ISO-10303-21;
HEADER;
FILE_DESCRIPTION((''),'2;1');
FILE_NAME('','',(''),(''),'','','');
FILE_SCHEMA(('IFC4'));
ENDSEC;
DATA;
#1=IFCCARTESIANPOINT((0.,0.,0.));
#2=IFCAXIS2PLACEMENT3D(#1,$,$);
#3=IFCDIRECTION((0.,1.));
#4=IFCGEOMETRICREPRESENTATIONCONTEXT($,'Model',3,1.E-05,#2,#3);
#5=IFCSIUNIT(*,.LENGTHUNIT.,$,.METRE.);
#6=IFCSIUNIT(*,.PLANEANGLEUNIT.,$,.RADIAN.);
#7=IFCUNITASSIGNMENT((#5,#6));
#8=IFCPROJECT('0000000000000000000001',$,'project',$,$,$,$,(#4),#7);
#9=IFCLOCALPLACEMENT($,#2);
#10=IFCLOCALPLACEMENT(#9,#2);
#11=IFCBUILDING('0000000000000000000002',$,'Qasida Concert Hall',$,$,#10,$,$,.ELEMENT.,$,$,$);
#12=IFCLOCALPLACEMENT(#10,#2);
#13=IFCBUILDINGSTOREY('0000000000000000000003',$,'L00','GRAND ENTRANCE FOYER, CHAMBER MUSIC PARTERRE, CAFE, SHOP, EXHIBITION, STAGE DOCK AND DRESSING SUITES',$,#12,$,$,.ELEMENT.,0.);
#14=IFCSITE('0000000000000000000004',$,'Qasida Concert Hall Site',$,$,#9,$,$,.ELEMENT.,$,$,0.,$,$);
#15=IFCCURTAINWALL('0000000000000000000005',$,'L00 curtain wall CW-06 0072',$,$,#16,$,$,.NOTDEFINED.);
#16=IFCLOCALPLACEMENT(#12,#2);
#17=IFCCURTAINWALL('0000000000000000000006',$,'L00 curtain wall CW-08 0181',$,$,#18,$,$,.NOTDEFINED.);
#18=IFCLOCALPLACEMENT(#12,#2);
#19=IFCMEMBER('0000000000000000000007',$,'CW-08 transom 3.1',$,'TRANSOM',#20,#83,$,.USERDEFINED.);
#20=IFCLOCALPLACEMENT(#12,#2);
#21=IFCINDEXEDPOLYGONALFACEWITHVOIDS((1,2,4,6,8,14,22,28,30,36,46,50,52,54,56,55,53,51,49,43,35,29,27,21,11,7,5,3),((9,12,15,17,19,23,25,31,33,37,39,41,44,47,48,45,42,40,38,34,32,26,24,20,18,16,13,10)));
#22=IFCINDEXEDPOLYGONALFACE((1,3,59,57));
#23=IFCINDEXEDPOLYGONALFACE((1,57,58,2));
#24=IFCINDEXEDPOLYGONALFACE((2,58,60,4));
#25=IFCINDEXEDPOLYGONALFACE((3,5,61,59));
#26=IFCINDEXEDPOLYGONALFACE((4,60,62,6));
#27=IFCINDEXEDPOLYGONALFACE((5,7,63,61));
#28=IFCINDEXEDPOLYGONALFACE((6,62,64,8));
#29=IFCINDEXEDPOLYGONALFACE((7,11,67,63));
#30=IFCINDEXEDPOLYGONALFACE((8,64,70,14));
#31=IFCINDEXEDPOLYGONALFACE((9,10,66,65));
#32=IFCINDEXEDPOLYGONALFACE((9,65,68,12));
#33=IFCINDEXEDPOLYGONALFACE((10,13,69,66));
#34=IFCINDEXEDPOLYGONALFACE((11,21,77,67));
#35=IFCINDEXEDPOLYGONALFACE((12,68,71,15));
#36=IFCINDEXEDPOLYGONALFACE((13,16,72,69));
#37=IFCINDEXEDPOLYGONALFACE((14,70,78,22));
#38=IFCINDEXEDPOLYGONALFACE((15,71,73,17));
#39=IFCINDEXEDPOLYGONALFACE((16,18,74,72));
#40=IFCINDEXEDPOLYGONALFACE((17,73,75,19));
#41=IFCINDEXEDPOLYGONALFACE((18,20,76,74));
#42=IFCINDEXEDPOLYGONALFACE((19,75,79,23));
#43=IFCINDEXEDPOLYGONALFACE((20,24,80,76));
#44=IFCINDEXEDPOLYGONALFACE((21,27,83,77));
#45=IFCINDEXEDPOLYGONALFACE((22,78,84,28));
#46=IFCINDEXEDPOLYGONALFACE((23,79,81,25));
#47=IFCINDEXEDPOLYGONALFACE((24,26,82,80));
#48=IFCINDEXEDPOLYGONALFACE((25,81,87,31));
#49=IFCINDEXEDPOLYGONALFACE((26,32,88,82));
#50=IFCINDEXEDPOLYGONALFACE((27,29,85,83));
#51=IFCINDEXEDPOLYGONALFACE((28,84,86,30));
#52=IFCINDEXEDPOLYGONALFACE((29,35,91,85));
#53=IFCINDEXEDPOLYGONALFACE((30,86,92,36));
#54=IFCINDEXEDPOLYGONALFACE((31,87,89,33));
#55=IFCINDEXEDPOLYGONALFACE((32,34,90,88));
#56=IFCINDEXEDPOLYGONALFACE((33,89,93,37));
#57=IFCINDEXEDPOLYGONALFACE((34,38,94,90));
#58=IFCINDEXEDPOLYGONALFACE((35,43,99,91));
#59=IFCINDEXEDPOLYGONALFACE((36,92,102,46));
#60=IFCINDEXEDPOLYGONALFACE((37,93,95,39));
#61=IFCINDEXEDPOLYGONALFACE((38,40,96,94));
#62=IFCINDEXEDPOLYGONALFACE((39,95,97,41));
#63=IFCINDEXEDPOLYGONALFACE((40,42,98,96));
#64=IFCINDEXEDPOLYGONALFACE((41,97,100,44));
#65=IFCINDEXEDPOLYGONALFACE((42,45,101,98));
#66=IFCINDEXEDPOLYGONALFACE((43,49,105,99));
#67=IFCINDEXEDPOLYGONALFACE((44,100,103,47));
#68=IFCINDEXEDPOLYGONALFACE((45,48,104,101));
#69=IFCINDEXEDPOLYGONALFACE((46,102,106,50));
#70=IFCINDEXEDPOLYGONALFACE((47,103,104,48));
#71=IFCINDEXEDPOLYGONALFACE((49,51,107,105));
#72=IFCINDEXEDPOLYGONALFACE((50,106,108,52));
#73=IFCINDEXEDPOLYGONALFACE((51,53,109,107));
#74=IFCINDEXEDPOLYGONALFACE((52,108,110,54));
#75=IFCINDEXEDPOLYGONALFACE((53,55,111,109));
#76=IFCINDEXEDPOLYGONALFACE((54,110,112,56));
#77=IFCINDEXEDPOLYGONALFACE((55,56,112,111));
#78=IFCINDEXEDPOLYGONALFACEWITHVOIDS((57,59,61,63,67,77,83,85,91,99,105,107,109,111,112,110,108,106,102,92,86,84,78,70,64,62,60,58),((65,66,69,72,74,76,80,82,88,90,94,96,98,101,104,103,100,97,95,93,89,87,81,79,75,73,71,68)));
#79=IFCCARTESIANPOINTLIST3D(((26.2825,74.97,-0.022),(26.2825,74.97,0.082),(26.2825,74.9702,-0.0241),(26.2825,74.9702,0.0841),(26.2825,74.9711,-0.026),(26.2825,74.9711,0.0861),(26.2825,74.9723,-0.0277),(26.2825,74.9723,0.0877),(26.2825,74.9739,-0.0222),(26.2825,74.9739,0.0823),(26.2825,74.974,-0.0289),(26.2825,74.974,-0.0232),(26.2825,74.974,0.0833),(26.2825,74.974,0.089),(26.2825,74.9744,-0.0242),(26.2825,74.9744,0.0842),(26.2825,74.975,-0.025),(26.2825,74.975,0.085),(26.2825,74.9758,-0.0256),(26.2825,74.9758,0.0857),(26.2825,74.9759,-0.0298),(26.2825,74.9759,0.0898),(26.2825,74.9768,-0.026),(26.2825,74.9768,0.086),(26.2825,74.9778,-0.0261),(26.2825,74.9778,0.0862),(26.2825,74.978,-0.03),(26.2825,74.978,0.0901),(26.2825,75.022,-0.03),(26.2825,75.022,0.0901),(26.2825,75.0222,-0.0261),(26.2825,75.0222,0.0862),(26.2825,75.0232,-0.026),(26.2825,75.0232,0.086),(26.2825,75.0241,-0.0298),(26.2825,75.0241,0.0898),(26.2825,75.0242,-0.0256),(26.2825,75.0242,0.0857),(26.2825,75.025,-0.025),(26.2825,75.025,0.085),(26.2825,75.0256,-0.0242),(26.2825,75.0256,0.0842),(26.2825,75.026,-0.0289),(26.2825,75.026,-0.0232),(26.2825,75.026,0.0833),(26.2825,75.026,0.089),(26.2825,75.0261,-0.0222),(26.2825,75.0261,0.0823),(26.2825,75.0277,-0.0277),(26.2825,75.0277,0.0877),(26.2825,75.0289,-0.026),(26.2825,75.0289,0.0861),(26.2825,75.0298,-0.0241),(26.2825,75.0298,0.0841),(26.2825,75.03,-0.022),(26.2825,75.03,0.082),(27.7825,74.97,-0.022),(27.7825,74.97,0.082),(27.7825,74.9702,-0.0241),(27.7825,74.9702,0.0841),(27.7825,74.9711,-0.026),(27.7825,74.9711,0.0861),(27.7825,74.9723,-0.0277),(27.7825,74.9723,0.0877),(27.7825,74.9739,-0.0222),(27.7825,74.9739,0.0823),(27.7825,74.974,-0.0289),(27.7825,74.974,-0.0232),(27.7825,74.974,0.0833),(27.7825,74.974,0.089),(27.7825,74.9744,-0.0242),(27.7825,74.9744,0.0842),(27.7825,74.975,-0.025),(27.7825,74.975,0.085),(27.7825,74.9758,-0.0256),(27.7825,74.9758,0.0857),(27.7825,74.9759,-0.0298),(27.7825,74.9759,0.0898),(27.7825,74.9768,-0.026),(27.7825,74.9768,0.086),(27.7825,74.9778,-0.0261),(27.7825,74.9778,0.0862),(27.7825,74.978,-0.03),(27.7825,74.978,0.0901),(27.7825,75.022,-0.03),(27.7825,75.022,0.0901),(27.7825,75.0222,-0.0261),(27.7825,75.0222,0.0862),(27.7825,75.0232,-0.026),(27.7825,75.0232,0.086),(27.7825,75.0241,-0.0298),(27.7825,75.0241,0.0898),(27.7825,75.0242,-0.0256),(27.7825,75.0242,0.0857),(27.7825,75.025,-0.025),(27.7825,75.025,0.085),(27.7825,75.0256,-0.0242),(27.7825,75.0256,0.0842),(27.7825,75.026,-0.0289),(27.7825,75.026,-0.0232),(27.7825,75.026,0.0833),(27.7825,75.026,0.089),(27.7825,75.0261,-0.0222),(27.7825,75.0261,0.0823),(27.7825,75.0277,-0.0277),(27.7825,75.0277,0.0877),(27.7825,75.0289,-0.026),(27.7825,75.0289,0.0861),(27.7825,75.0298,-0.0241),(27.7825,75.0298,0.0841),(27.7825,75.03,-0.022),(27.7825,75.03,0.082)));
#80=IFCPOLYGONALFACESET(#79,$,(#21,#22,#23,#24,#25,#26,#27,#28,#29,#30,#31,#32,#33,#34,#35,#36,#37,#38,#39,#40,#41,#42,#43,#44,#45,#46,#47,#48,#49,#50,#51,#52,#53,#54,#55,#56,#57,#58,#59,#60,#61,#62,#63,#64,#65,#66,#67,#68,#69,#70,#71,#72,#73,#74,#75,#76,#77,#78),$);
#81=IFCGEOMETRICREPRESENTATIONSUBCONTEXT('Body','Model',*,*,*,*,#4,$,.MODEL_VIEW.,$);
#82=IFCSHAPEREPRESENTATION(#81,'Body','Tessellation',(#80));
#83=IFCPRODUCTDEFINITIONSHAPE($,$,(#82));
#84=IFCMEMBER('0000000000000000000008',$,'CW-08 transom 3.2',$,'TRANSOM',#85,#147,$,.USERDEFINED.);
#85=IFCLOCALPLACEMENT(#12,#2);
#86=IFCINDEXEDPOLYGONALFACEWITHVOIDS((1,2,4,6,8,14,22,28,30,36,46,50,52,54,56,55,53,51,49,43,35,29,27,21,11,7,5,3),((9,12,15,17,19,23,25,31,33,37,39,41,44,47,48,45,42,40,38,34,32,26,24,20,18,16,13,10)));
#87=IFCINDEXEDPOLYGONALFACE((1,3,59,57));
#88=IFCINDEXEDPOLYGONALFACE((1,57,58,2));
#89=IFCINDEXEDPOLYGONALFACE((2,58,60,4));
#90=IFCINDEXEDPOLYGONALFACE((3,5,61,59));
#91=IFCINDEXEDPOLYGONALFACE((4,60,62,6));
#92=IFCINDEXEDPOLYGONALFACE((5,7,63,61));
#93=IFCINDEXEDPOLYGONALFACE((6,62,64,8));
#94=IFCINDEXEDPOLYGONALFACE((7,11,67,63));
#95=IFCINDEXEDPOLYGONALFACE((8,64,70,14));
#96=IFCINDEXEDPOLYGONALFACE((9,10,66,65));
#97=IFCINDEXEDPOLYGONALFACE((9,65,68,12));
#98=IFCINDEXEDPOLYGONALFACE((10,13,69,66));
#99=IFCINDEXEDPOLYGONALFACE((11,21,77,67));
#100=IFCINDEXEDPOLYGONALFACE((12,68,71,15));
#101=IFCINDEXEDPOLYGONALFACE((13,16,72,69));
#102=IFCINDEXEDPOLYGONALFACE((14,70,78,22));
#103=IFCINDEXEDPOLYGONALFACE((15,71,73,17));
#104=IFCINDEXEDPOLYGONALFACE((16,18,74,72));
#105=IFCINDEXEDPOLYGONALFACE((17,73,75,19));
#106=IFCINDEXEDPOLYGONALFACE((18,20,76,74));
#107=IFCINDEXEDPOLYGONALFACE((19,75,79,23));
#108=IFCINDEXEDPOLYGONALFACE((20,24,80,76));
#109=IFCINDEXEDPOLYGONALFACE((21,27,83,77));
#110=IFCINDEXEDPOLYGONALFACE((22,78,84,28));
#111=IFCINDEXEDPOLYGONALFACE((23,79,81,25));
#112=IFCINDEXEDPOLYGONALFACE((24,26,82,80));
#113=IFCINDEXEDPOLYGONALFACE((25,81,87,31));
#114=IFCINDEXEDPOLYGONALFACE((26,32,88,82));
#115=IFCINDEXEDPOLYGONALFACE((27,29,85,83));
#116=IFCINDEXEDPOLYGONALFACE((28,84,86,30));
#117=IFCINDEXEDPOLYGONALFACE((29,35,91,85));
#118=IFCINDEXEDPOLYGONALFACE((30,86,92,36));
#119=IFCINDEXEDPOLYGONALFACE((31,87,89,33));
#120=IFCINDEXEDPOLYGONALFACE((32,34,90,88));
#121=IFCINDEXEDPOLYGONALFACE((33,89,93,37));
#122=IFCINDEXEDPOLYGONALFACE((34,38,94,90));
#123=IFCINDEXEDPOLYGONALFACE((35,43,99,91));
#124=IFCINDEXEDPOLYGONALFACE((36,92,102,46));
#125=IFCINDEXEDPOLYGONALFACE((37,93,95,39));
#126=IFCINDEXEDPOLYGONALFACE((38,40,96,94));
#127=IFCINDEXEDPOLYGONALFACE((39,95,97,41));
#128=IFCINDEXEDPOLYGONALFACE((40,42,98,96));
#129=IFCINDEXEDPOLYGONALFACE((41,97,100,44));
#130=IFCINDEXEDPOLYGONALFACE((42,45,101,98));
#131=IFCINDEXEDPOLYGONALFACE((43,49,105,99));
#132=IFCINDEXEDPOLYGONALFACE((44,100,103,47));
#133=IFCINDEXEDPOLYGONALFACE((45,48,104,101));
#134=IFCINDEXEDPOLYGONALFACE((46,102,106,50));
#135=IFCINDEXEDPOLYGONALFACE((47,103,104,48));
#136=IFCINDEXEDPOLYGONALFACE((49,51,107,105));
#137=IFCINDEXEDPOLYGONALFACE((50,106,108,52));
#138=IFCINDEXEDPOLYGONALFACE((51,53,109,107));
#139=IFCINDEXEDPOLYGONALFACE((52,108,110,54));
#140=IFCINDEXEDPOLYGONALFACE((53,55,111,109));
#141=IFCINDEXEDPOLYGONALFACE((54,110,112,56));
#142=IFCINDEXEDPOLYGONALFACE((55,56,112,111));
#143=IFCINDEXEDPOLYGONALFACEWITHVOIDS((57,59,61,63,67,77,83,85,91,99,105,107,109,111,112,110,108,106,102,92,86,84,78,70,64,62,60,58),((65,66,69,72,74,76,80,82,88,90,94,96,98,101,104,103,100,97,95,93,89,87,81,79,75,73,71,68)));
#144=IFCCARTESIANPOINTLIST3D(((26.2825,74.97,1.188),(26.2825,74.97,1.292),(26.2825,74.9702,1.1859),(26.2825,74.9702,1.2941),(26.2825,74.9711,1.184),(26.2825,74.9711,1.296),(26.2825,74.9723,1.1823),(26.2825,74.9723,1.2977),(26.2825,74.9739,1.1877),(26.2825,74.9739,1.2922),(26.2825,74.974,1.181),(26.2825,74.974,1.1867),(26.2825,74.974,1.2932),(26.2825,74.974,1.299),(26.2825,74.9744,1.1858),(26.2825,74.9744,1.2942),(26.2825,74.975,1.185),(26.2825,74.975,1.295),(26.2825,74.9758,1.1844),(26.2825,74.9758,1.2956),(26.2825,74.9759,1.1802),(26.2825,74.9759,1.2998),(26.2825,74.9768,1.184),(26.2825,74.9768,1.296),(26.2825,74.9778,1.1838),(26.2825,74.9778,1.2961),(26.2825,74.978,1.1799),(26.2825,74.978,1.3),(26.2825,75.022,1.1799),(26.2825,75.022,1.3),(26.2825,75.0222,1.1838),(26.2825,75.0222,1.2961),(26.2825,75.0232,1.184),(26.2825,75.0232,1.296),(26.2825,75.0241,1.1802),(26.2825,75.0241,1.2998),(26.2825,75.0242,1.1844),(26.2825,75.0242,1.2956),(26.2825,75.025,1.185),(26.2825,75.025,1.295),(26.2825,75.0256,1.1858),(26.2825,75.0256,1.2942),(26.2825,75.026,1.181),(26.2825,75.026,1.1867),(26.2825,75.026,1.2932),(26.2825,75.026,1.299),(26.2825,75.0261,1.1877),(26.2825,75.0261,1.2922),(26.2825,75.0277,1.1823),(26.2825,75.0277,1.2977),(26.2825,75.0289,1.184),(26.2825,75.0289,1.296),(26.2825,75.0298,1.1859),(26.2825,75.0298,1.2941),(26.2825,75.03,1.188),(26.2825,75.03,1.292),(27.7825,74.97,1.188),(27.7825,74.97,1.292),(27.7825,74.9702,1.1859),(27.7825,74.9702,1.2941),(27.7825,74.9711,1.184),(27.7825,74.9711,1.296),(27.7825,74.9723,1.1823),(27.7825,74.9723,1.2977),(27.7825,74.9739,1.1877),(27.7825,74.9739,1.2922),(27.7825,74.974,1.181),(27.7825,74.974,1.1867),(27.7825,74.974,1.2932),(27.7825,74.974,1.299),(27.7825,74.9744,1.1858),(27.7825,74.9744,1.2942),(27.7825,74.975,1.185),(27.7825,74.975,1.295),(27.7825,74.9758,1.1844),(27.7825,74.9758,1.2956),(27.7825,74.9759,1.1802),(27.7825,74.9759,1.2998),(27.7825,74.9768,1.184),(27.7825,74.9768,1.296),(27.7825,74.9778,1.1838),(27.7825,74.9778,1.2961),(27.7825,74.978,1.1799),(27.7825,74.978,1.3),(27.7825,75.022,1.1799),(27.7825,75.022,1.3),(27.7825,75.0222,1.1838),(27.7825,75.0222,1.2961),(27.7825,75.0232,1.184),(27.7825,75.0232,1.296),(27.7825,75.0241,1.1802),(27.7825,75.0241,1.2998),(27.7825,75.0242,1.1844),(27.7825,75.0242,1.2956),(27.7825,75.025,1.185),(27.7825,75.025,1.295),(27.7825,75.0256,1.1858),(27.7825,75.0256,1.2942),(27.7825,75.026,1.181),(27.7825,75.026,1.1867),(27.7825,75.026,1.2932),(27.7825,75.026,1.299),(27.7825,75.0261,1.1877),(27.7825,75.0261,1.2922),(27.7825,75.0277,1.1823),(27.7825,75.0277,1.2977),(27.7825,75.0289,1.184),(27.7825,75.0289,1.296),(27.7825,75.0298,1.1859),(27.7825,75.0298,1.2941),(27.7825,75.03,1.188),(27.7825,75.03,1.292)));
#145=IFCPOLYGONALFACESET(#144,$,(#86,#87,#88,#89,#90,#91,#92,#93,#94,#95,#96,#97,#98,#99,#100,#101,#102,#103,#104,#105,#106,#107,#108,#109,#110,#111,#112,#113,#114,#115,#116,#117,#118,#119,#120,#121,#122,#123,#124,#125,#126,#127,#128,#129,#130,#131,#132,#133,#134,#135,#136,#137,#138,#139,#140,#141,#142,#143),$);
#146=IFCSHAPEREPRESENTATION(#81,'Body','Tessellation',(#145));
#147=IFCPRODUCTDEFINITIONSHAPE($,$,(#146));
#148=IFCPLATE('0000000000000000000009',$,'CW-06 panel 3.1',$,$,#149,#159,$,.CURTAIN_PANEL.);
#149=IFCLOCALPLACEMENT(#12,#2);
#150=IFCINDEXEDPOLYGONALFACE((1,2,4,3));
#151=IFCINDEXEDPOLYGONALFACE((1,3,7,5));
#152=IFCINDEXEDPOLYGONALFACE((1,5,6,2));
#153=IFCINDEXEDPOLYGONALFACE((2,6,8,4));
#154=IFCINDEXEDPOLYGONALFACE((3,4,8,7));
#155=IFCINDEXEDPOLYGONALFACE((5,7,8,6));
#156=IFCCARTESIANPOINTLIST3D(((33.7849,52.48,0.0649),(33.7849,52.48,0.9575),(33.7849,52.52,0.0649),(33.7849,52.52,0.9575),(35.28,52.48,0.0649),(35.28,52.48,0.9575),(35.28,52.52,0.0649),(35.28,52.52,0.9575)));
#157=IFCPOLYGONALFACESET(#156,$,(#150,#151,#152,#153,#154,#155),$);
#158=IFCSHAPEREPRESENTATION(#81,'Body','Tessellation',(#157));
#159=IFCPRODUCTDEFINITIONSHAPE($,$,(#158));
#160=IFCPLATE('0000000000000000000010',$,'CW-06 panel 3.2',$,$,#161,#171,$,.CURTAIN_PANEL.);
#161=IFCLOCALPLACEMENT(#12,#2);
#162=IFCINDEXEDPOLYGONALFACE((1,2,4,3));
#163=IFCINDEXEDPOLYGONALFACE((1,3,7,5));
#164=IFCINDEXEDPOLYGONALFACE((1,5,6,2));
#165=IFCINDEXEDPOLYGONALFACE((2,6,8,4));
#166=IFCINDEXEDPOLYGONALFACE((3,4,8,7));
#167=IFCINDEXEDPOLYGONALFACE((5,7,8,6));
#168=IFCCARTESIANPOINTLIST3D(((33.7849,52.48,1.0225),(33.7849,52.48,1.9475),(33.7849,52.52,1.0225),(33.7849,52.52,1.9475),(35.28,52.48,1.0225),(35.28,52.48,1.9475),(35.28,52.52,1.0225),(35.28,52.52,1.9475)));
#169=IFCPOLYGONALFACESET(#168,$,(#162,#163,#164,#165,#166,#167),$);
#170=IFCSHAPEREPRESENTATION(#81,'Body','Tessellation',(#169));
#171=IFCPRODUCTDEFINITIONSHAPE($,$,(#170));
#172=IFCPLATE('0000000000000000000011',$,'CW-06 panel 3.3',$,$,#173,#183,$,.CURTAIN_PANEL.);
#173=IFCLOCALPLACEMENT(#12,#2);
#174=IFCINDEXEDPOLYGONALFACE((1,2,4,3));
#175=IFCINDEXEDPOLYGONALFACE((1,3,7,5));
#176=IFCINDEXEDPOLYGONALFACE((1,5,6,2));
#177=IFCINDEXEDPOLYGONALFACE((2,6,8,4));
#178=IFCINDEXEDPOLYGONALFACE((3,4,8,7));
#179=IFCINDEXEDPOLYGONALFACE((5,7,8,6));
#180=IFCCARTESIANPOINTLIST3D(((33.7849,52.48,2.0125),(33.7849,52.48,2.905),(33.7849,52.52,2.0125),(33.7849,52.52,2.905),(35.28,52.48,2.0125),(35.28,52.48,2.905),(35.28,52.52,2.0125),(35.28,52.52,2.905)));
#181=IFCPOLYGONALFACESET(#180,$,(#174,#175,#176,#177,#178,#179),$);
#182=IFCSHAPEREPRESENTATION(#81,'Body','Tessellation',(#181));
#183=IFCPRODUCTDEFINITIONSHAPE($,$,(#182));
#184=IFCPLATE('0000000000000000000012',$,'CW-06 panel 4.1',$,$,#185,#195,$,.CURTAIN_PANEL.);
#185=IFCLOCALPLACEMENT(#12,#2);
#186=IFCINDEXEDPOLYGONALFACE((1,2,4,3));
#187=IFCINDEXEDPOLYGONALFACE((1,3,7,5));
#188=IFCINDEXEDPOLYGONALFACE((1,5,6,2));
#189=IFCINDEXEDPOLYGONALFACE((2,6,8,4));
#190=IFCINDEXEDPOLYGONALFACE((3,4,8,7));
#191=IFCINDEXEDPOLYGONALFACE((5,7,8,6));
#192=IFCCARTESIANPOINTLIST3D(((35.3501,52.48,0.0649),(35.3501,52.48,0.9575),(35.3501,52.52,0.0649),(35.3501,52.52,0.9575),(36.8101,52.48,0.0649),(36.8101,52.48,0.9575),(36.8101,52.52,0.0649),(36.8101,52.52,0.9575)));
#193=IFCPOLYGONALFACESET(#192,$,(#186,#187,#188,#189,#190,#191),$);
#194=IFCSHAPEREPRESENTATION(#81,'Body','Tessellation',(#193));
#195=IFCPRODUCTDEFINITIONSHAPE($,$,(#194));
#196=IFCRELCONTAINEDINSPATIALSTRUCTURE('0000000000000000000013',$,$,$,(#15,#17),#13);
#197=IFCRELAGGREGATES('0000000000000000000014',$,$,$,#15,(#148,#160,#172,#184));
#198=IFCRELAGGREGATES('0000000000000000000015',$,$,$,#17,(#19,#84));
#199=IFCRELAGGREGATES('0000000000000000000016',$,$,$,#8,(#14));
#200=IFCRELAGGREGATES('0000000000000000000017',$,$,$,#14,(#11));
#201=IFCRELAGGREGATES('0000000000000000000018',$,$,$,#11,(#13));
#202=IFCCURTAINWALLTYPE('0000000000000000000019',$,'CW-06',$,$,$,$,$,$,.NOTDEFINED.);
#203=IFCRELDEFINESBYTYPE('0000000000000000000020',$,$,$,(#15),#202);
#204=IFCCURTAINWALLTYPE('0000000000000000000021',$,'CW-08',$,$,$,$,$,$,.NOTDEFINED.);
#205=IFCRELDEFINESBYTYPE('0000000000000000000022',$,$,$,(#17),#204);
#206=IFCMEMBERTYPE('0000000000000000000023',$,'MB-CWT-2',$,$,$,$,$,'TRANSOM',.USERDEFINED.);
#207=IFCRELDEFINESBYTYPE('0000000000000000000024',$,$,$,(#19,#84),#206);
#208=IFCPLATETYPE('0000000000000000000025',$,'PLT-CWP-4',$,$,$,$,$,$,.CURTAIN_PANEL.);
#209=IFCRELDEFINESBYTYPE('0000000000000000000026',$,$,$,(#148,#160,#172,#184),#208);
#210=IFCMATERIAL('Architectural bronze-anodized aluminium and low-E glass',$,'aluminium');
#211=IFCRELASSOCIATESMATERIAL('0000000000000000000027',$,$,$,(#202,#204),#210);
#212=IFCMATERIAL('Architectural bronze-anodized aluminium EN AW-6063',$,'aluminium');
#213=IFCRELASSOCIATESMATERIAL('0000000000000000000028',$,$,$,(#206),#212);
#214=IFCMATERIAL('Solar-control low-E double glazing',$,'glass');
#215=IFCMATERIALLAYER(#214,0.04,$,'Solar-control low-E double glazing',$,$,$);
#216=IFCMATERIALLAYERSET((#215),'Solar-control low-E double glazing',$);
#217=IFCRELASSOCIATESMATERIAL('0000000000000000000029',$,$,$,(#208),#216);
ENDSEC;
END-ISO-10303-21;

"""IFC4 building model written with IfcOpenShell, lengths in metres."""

from ifc_helpers import new_model, si_unit, direction, frame, origin, origin_2d, place, context, subcontext, project, spatial, rectangle, hollow_rectangle, extrude, material, layer, layer_set, material_profile, profile_set, type_object, element, aggregate, save


model = new_model("IFC4")

# Units and contexts
model_context = context("Model", 3, precision=1e-05, world=origin(), true_north=direction((0.0, 1.0)))
body_context = subcontext(model_context, "Body", "Model", "MODEL_VIEW")
ifc_project = project(units=[si_unit("LENGTHUNIT", "METRE"), si_unit("PLANEANGLEUNIT", "RADIAN")], contexts=[model_context])

# Site, building, storey
site_placement = place(None, origin())
site = spatial("IfcSite", under=ifc_project, at=site_placement, Name="Qasida Concert Hall Site", CompositionType="ELEMENT", RefElevation=0.0)
building_placement = place(site_placement, origin())
building = spatial("IfcBuilding", under=site, at=building_placement, Name="Qasida Concert Hall", CompositionType="ELEMENT")
storey_placement = place(building_placement, origin())
storey = spatial("IfcBuildingStorey", under=building, at=storey_placement, Name="L00", Description="GRAND ENTRANCE FOYER, CHAMBER MUSIC PARTERRE, CAFE, SHOP, EXHIBITION, STAGE DOCK AND DRESSING SUITES", CompositionType="ELEMENT", Elevation=0.0)

# Curtain wall
ifc_material_1 = material(Name="Architectural bronze-anodized aluminium and low-E glass", Category="aluminium")
curtain_wall_type_1 = type_object("IfcCurtainWallType", Name="CW-06", PredefinedType="NOTDEFINED", material=ifc_material_1)
curtain_wall_1_placement = place(storey_placement, origin())
curtain_wall_1 = element("IfcCurtainWall", 1, at=curtain_wall_1_placement, inside=storey, type_object=curtain_wall_type_1, Name="L00 curtain wall CW-06 0072", PredefinedType="NOTDEFINED")
ifc_material_2 = material(Name="Architectural bronze-anodized aluminium EN AW-6063", Category="aluminium")

# Curtain wall
curtain_wall_type_2 = type_object("IfcCurtainWallType", Name="CW-08", PredefinedType="NOTDEFINED", material=ifc_material_1)
curtain_wall_2_placement = place(storey_placement, origin())
curtain_wall_2 = element("IfcCurtainWall", 2, at=curtain_wall_2_placement, inside=storey, type_object=curtain_wall_type_2, Name="L00 curtain wall CW-08 0181", PredefinedType="NOTDEFINED")

# Members
ifc_material_profile_1 = material_profile(ifc_material_2, hollow_rectangle(XDim=0.0601, YDim=0.1201, WallThickness=0.0039, InnerFilletRadius=0.0039, OuterFilletRadius=0.0081, at=origin_2d()), Name="CWT 120x60x4")
ifc_profile_set_1 = profile_set([ifc_material_profile_1], Name="Architectural bronze-anodized aluminium EN AW-6063")
member_type_1 = type_object("IfcMemberType", Name="MB-CWT-2", ElementType="TRANSOM", PredefinedType="USERDEFINED", material=ifc_profile_set_1)
member_1_placement = place(storey_placement, frame((26.2825, 75.0, 0.03), z_axis=(1.0, 0.0, 0.0), x_axis=(0.0, 1.0, 0.0)))
member_1 = element("IfcMember", 3, at=member_1_placement, type_object=member_type_1, Name="CW-08 transom 3.1", ObjectType="TRANSOM", PredefinedType="USERDEFINED", context=body_context, shape_type="SweptSolid", body=[
    extrude(hollow_rectangle(XDim=0.0601, YDim=0.1201, WallThickness=0.0039, InnerFilletRadius=0.0039, OuterFilletRadius=0.0081, at=origin_2d()), origin(), (0.0, 0.0, 1.0), 1.5),
])
member_2_placement = place(storey_placement, frame((26.2825, 75.0, 1.24), z_axis=(1.0, 0.0, 0.0), x_axis=(0.0, 1.0, 0.0)))
member_2 = element("IfcMember", 4, at=member_2_placement, type_object=member_type_1, Name="CW-08 transom 3.2", ObjectType="TRANSOM", PredefinedType="USERDEFINED", context=body_context, shape_type="SweptSolid", body=[
    extrude(hollow_rectangle(XDim=0.0601, YDim=0.1201, WallThickness=0.0039, InnerFilletRadius=0.0039, OuterFilletRadius=0.0081, at=origin_2d()), origin(), (0.0, 0.0, 1.0), 1.5),
])

# Plates
ifc_material_3 = material(Name="Solar-control low-E double glazing", Category="glass")
ifc_layer_1 = layer(ifc_material_3, 0.04, Name="Solar-control low-E double glazing")
ifc_layer_set_1 = layer_set([ifc_layer_1], Name="Solar-control low-E double glazing")
plate_type_1 = type_object("IfcPlateType", Name="PLT-CWP-4", PredefinedType="CURTAIN_PANEL", material=ifc_layer_set_1)
plate_1_placement = place(storey_placement, frame((34.5325, 52.5, 0.0649), z_axis=(0.0, 0.0, 1.0), x_axis=(1.0, 0.0, 0.0)))
plate_1 = element("IfcPlate", 5, at=plate_1_placement, type_object=plate_type_1, Name="CW-06 panel 3.1", PredefinedType="CURTAIN_PANEL", context=body_context, shape_type="SweptSolid", body=[
    extrude(rectangle(XDim=1.4951, YDim=0.04, at=origin_2d()), origin(), (0.0, 0.0, 1.0), 0.8926),
])
plate_2_placement = place(storey_placement, frame((34.5325, 52.5, 1.0225), z_axis=(0.0, 0.0, 1.0), x_axis=(1.0, 0.0, 0.0)))
plate_2 = element("IfcPlate", 6, at=plate_2_placement, type_object=plate_type_1, Name="CW-06 panel 3.2", PredefinedType="CURTAIN_PANEL", context=body_context, shape_type="SweptSolid", body=[
    extrude(rectangle(XDim=1.4951, YDim=0.04, at=origin_2d()), origin(), (0.0, 0.0, 1.0), 0.925),
])
plate_3_placement = place(storey_placement, frame((34.5325, 52.5, 2.0125), z_axis=(0.0, 0.0, 1.0), x_axis=(1.0, 0.0, 0.0)))
plate_3 = element("IfcPlate", 7, at=plate_3_placement, type_object=plate_type_1, Name="CW-06 panel 3.3", PredefinedType="CURTAIN_PANEL", context=body_context, shape_type="SweptSolid", body=[
    extrude(rectangle(XDim=1.4951, YDim=0.04, at=origin_2d()), origin(), (0.0, 0.0, 1.0), 0.8926),
])
plate_4_placement = place(storey_placement, frame((36.0801, 52.5, 0.0649), z_axis=(0.0, 0.0, 1.0), x_axis=(1.0, 0.0, 0.0)))
plate_4 = element("IfcPlate", 8, at=plate_4_placement, type_object=plate_type_1, Name="CW-06 panel 4.1", PredefinedType="CURTAIN_PANEL", context=body_context, shape_type="SweptSolid", body=[
    extrude(rectangle(XDim=1.46, YDim=0.04, at=origin_2d()), origin(), (0.0, 0.0, 1.0), 0.8926),
])
aggregate(curtain_wall_1, [plate_1, plate_2, plate_3, plate_4])
aggregate(curtain_wall_2, [member_1, member_2])

save(model, "model.ifc")
